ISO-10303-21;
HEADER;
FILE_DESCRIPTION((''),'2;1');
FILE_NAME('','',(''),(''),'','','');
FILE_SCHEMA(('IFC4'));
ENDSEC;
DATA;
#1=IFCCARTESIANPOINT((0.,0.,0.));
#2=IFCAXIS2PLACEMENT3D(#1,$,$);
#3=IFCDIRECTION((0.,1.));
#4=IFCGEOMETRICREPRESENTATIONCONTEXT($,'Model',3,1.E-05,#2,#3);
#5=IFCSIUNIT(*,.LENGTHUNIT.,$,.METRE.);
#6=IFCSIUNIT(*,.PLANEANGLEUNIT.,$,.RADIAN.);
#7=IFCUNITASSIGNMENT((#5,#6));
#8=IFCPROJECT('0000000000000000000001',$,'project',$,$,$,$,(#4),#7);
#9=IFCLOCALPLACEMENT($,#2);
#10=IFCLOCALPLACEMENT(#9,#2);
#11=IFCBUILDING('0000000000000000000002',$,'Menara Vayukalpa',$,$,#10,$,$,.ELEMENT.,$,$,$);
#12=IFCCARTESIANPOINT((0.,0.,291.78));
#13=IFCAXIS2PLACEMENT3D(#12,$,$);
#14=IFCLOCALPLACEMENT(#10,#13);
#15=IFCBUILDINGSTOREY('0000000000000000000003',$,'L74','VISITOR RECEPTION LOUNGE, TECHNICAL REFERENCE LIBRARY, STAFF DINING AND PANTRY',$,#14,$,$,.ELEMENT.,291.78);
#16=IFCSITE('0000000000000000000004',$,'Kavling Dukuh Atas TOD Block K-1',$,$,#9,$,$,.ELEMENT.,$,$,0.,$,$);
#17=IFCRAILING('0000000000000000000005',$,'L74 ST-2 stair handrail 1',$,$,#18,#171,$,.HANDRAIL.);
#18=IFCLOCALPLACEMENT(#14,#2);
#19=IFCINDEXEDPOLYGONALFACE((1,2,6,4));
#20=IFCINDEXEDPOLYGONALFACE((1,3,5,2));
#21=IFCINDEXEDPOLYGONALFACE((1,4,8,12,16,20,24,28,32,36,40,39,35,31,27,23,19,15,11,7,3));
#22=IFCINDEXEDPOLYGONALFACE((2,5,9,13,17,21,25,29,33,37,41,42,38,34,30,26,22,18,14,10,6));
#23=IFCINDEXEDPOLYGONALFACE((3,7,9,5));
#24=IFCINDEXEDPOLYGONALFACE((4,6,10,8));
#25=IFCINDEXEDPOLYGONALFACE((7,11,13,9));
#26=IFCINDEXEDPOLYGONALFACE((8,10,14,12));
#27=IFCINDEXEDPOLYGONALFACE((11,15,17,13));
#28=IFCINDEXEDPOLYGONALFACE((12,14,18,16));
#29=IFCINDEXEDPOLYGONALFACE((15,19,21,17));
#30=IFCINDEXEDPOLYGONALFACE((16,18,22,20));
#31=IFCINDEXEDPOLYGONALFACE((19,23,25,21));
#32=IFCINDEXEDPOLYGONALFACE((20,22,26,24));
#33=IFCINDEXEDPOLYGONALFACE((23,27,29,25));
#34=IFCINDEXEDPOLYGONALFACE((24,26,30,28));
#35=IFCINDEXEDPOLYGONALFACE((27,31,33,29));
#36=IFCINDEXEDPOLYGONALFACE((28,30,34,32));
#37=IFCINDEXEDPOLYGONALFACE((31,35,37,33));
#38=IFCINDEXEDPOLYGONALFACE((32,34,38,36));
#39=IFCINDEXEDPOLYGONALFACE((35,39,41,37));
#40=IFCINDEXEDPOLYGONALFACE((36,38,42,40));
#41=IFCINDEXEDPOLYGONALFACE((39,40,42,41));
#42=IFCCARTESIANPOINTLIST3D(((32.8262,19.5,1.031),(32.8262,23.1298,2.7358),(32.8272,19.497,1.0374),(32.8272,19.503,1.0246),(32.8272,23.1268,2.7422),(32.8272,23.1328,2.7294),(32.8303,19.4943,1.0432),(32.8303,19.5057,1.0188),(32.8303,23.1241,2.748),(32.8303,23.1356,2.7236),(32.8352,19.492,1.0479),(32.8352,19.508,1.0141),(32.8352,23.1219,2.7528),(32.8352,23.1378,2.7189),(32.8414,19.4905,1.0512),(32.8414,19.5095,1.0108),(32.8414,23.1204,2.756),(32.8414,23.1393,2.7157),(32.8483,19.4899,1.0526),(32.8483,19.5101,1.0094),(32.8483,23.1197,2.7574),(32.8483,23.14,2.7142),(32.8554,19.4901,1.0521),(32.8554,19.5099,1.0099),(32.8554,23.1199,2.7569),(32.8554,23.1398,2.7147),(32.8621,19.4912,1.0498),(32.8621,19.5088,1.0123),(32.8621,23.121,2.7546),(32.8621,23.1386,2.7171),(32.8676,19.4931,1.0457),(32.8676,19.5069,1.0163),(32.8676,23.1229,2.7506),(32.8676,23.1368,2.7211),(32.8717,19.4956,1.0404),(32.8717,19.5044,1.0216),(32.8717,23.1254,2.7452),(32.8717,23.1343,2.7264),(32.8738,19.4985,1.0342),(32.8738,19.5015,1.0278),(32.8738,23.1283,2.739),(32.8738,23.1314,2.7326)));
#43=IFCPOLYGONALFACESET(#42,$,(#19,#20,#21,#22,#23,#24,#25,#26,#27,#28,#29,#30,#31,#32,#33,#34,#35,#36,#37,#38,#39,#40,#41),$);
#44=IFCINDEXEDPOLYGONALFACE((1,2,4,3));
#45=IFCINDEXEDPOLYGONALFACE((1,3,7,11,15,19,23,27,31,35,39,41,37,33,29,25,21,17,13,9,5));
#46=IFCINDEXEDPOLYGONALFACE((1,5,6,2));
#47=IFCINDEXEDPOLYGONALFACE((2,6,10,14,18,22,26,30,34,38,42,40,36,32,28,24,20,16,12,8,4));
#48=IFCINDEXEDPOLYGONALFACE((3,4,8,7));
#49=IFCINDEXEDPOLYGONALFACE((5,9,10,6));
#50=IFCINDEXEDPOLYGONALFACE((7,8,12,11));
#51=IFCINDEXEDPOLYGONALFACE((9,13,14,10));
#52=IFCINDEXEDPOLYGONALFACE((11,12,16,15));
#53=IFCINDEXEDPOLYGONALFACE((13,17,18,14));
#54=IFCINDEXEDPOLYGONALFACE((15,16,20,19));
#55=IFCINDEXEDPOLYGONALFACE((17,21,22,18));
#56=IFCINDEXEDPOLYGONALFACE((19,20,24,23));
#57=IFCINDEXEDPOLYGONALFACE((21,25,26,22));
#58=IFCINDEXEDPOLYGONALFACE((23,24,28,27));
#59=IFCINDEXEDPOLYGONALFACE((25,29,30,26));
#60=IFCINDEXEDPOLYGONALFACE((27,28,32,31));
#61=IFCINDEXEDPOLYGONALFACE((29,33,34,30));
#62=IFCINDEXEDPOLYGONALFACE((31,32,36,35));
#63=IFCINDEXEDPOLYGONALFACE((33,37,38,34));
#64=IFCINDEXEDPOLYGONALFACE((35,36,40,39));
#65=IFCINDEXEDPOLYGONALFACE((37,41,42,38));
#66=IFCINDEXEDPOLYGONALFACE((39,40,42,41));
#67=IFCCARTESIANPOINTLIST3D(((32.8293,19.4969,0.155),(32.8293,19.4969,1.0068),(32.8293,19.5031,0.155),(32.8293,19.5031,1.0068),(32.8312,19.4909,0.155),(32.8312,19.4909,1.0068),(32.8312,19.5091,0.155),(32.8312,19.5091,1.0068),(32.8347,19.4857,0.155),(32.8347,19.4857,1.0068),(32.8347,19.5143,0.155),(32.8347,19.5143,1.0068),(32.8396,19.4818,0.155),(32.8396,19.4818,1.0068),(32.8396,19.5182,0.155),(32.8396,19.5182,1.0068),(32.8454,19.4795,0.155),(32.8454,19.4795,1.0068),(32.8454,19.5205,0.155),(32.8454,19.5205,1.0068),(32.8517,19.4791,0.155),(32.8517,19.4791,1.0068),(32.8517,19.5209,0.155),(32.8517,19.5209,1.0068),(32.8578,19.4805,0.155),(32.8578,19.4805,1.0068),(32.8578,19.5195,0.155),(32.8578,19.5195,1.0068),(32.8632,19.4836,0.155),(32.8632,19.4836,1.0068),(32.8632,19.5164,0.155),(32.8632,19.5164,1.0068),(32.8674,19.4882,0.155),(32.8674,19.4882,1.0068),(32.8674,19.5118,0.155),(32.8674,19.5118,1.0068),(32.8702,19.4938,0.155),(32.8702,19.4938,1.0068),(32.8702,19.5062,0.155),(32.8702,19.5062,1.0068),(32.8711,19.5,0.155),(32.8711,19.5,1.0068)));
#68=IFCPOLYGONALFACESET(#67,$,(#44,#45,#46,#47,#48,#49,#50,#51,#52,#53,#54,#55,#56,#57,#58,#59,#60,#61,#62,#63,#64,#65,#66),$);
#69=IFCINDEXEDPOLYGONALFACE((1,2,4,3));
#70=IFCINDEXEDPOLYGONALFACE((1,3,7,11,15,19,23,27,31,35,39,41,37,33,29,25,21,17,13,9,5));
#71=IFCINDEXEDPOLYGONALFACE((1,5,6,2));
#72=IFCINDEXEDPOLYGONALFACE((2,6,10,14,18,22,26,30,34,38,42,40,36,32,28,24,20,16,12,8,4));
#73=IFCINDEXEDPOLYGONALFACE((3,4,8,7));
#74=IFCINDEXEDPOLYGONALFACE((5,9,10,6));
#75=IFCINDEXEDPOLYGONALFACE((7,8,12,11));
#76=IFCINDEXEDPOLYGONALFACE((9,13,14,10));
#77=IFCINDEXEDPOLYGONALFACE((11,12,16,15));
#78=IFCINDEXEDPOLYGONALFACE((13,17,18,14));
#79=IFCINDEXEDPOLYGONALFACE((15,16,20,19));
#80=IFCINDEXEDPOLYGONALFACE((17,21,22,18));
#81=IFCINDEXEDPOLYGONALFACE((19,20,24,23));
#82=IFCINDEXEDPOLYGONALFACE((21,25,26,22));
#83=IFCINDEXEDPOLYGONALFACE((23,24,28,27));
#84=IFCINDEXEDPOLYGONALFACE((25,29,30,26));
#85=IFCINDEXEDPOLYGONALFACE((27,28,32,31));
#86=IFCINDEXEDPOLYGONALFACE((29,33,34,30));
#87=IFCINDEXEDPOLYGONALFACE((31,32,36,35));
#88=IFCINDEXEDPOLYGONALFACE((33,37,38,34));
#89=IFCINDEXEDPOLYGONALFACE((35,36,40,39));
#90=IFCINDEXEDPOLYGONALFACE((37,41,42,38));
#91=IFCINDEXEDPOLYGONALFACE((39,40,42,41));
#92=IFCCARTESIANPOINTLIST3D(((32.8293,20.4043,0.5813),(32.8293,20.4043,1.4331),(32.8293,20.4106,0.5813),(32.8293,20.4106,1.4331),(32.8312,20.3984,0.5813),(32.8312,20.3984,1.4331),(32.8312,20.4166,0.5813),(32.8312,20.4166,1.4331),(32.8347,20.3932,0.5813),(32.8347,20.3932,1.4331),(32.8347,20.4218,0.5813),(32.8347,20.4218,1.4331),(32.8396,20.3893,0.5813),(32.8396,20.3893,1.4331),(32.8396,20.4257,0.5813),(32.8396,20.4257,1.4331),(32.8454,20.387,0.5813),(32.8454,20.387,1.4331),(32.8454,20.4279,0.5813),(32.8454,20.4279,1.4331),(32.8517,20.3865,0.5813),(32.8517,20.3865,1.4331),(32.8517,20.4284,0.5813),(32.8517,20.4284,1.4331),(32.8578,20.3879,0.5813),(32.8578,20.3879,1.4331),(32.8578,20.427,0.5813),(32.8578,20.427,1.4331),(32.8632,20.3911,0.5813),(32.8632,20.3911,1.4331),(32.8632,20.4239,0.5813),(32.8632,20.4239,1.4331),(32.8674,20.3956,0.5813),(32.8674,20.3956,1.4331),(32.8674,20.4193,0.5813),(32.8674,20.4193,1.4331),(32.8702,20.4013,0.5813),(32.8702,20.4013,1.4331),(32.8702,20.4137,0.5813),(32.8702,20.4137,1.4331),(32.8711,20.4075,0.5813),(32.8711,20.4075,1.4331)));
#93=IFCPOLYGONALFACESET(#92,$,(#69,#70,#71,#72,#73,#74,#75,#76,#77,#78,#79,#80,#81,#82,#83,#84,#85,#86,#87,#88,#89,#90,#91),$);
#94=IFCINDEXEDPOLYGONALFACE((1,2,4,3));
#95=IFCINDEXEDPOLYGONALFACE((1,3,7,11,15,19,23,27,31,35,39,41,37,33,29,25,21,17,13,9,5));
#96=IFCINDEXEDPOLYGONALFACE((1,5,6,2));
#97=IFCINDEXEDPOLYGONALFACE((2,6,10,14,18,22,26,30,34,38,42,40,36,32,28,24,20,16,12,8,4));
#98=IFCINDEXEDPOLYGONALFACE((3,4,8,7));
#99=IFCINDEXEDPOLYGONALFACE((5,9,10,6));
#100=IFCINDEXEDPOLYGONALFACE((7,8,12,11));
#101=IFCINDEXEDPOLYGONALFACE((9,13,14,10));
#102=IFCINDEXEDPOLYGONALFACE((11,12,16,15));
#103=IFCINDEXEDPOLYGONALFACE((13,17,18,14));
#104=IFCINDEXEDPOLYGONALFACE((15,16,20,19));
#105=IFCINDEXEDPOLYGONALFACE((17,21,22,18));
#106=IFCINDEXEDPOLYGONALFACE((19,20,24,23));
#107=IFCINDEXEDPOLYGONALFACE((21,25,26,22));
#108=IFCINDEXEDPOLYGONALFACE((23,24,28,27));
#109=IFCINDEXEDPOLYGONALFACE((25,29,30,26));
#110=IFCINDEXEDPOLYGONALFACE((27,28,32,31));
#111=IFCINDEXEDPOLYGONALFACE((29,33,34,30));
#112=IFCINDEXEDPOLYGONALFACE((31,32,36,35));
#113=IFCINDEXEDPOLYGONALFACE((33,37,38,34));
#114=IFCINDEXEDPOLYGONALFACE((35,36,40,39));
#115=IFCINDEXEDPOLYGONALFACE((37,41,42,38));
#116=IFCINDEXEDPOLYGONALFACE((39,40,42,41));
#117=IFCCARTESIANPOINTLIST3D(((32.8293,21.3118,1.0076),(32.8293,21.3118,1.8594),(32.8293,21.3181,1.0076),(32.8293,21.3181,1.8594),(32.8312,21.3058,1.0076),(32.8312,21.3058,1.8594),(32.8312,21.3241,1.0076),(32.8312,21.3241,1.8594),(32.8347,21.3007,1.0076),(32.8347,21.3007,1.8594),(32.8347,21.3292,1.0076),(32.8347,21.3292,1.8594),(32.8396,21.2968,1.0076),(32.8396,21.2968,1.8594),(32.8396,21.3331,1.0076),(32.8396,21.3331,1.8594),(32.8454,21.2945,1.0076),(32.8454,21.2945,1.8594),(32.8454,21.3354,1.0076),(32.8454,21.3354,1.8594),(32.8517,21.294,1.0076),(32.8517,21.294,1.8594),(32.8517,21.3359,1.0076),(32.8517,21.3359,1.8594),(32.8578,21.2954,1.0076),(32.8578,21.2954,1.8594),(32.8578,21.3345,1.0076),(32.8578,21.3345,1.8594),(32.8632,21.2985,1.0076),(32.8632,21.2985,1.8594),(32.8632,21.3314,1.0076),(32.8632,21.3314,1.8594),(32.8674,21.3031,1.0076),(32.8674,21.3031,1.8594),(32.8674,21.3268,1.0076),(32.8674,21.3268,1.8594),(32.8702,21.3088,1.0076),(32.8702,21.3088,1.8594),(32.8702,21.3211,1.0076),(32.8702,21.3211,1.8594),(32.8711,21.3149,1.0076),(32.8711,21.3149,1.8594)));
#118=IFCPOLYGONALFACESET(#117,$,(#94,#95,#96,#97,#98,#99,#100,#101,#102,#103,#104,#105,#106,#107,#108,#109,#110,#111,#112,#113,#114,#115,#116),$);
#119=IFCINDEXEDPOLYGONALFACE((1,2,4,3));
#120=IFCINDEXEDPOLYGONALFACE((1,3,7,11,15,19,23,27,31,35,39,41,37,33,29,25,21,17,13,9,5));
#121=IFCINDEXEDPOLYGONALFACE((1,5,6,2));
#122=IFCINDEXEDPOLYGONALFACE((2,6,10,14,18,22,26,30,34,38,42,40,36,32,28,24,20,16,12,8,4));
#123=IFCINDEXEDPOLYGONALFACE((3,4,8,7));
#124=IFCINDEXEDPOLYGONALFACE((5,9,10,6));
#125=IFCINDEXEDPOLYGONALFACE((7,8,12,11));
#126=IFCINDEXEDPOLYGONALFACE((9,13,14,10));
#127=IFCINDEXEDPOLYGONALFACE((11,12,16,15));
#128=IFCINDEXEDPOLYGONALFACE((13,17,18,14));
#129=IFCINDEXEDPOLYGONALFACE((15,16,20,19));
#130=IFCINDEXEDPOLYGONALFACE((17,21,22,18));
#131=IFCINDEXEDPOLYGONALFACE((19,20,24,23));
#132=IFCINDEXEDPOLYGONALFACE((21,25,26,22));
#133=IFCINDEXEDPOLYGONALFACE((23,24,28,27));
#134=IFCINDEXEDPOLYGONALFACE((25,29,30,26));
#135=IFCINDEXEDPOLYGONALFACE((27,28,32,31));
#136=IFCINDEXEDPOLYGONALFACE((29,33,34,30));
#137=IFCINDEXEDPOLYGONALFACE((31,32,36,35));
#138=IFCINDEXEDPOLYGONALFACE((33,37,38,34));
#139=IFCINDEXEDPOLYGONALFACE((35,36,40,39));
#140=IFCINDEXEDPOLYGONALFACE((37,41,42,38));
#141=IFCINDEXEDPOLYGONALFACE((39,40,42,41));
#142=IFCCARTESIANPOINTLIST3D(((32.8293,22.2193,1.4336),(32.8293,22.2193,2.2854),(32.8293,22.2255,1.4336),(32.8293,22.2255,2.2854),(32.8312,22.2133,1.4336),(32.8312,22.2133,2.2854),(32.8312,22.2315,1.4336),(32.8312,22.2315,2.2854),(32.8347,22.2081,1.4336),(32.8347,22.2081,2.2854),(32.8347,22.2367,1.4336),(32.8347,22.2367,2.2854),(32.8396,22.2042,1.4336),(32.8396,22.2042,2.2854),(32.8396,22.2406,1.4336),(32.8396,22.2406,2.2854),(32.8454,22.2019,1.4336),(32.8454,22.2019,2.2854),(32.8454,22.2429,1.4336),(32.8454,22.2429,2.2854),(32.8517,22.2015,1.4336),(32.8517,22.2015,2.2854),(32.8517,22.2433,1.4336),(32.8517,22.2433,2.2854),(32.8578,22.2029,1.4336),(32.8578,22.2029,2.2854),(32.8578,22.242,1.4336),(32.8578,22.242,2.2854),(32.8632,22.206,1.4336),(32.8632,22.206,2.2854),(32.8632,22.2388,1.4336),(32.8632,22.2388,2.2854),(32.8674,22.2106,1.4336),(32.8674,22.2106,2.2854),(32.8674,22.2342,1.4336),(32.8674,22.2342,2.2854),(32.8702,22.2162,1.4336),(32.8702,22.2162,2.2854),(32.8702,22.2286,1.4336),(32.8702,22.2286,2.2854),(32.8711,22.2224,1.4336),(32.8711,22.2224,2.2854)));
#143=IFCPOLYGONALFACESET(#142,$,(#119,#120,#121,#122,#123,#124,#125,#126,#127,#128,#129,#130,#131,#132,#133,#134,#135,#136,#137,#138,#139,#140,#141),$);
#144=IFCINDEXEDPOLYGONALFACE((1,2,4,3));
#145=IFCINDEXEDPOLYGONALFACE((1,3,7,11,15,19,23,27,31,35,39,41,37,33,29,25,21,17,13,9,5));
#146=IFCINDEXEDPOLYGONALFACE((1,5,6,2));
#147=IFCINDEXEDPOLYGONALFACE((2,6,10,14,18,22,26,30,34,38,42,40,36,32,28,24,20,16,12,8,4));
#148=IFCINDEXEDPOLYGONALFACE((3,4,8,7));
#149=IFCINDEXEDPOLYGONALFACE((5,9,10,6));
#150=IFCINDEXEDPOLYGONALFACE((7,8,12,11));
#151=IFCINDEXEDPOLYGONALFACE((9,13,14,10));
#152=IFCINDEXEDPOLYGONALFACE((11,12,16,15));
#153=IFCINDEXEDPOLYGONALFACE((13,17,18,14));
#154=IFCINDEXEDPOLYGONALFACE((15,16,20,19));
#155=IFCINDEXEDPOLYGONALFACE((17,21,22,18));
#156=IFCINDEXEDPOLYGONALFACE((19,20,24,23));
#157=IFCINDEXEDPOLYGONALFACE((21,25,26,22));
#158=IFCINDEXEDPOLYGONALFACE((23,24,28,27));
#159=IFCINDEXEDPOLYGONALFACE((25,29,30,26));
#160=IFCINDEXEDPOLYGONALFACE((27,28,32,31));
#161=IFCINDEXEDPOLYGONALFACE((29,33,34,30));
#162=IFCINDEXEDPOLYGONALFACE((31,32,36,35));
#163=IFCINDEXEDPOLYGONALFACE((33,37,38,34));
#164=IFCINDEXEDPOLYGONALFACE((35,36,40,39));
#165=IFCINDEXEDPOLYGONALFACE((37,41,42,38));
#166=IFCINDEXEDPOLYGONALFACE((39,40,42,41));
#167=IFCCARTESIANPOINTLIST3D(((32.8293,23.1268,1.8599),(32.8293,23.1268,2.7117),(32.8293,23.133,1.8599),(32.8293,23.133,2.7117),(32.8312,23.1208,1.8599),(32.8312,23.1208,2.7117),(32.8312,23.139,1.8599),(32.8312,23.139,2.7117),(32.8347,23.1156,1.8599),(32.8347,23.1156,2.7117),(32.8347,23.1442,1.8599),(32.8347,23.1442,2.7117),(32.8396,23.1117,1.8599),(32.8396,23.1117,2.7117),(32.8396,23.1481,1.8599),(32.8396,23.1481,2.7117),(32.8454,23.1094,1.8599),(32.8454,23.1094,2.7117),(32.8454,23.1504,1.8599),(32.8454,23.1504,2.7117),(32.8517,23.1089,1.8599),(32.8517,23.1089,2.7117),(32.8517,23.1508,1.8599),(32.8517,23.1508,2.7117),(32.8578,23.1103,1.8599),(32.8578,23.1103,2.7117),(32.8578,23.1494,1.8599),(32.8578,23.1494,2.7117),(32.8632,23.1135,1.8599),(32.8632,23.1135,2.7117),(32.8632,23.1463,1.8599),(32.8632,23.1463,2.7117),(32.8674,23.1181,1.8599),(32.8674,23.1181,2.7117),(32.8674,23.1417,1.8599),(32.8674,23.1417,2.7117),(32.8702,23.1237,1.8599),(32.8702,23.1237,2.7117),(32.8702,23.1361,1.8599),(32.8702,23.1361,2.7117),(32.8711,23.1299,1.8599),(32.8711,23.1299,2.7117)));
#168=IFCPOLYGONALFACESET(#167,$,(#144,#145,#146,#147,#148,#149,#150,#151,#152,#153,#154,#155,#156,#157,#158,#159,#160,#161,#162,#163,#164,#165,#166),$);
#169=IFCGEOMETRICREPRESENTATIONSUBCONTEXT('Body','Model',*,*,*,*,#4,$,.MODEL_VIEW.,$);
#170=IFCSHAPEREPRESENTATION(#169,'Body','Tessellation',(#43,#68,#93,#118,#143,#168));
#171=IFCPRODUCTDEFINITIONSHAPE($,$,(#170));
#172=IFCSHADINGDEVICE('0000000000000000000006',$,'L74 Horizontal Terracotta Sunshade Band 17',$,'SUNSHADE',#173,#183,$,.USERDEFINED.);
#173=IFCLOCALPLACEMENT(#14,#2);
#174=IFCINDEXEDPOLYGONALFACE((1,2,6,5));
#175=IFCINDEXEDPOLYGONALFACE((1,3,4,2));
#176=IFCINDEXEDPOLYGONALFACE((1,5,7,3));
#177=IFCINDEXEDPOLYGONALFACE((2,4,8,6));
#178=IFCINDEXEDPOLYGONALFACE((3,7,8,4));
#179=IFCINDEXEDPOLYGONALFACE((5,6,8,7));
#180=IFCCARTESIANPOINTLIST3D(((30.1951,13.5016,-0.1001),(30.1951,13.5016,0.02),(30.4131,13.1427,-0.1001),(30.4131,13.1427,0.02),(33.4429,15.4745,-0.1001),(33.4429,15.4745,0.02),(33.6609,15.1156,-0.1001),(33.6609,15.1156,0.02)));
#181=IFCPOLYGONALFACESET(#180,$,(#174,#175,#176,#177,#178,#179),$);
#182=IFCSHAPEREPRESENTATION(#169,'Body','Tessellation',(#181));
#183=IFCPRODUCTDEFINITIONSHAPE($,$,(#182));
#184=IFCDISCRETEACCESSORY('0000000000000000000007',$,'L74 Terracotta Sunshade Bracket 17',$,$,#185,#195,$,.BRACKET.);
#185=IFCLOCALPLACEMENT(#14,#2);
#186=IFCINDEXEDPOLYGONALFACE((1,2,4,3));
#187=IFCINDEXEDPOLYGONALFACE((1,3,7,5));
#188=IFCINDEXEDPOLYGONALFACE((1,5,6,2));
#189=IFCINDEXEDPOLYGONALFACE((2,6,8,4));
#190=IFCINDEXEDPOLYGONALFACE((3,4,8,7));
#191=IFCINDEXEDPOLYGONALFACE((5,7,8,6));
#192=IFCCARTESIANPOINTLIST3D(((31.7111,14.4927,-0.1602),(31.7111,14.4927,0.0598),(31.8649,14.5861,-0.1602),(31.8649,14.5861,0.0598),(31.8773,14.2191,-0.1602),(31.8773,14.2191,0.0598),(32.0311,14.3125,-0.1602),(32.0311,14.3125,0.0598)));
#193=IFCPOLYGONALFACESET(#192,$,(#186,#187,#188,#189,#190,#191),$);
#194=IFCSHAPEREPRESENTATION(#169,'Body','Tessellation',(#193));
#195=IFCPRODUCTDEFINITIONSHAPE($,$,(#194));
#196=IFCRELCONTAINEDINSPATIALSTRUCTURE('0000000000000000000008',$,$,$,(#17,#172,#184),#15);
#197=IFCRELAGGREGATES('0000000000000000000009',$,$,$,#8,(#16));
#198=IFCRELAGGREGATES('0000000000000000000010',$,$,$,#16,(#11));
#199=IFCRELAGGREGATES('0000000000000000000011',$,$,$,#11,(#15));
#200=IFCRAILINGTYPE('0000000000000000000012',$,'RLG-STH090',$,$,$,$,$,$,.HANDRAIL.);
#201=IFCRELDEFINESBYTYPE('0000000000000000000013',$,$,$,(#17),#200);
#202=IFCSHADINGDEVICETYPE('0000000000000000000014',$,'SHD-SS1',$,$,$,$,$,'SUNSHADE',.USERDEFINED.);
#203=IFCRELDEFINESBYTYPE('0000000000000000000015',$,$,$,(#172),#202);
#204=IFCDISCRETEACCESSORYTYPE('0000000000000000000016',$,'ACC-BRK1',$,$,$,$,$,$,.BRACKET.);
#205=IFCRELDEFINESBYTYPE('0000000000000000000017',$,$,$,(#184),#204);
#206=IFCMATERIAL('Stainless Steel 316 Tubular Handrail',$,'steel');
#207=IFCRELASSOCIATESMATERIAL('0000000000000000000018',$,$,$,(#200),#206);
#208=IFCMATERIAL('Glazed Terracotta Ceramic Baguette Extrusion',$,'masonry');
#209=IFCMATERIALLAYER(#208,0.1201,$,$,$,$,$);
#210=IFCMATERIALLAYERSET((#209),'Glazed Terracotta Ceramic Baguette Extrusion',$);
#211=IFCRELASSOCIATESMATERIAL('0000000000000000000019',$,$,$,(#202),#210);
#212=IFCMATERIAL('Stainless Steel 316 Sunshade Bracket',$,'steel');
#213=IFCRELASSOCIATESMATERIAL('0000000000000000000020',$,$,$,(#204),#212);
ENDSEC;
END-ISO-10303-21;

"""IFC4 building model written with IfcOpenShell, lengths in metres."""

from ifc_helpers import new_model, si_unit, direction, frame, origin, origin_2d, place, context, subcontext, project, spatial, rectangle, circle, extrude, material, layer, layer_set, type_object, element, save


model = new_model("IFC4")

# Units and contexts
model_context = context("Model", 3, precision=1e-05, world=origin(), true_north=direction((0.0, 1.0)))
body_context = subcontext(model_context, "Body", "Model", "MODEL_VIEW")
ifc_project = project(units=[si_unit("LENGTHUNIT", "METRE"), si_unit("PLANEANGLEUNIT", "RADIAN")], contexts=[model_context])

# Site, building, storey
site_placement = place(None, origin())
site = spatial("IfcSite", under=ifc_project, at=site_placement, Name="Kavling Dukuh Atas TOD Block K-1", CompositionType="ELEMENT", RefElevation=0.0)
building_placement = place(site_placement, origin())
building = spatial("IfcBuilding", under=site, at=building_placement, Name="Menara Vayukalpa", CompositionType="ELEMENT")
storey_placement = place(building_placement, frame((0.0, 0.0, 291.78)))
storey = spatial("IfcBuildingStorey", under=building, at=storey_placement, Name="L74", Description="VISITOR RECEPTION LOUNGE, TECHNICAL REFERENCE LIBRARY, STAFF DINING AND PANTRY", CompositionType="ELEMENT", Elevation=291.78)

# Railing
ifc_material_1 = material(Name="Stainless Steel 316 Tubular Handrail", Category="steel")
railing_type_1 = type_object("IfcRailingType", Name="RLG-STH090", PredefinedType="HANDRAIL", material=ifc_material_1)
railing_1_placement = place(storey_placement, frame((32.8501, 19.5, 0.155)))
element("IfcRailing", 1, at=railing_1_placement, inside=storey, type_object=railing_type_1, Name="L74 ST-2 stair handrail 1", PredefinedType="HANDRAIL", context=body_context, shape_type="SweptSolid", body=[
    extrude(circle(Radius=0.0239, at=origin_2d()), frame((0.0, 0.0, 0.876), z_axis=(0.0, 0.90514, 0.425114), x_axis=(-1.0, 0.0, 0.0)), (0.0, 0.0, 1.0), 4.0103),
    extrude(circle(Radius=0.021, at=origin_2d()), origin(), (0.0, 0.0, 1.0), 0.8518),
    extrude(circle(Radius=0.021, at=origin_2d()), frame((0.0, 0.9075, 0.4263)), (0.0, 0.0, 1.0), 0.8518),
    extrude(circle(Radius=0.021, at=origin_2d()), frame((0.0, 1.8149, 0.8525)), (0.0, 0.0, 1.0), 0.8518),
    extrude(circle(Radius=0.021, at=origin_2d()), frame((0.0, 2.7224, 1.2786)), (0.0, 0.0, 1.0), 0.8518),
    extrude(circle(Radius=0.021, at=origin_2d()), frame((0.0, 3.6299, 1.7048)), (0.0, 0.0, 1.0), 0.8518),
])

# Shading device
ifc_material_2 = material(Name="Glazed Terracotta Ceramic Baguette Extrusion", Category="masonry")
ifc_layer_1 = layer(ifc_material_2, 0.1201)
ifc_layer_set_1 = layer_set([ifc_layer_1], Name="Glazed Terracotta Ceramic Baguette Extrusion")
shading_device_type = type_object("IfcShadingDeviceType", Name="SHD-SS1", ElementType="SUNSHADE", PredefinedType="USERDEFINED", material=ifc_layer_set_1)
shading_device_placement = place(storey_placement, frame((31.928, 14.3086, -0.1001), z_axis=(0.0, 0.0, 1.0), x_axis=(0.854667, 0.519176, 0.0)))
element("IfcShadingDevice", 2, at=shading_device_placement, inside=storey, type_object=shading_device_type, Name="L74 Horizontal Terracotta Sunshade Band 17", ObjectType="SUNSHADE", PredefinedType="USERDEFINED", context=body_context, shape_type="SweptSolid", body=[
    extrude(rectangle(XDim=3.8, YDim=0.4199, at=origin_2d()), origin(), (0.0, 0.0, 1.0), 0.1201),
])

# Discrete accessory
ifc_material_3 = material(Name="Stainless Steel 316 Sunshade Bracket", Category="steel")
discrete_accessory_type = type_object("IfcDiscreteAccessoryType", Name="ACC-BRK1", PredefinedType="BRACKET", material=ifc_material_3)
discrete_accessory_placement = place(storey_placement, frame((31.8711, 14.4026, -0.1602), z_axis=(0.0, 0.0, 1.0), x_axis=(0.854667, 0.519176, 0.0)))
element("IfcDiscreteAccessory", 3, at=discrete_accessory_placement, inside=storey, type_object=discrete_accessory_type, Name="L74 Terracotta Sunshade Bracket 17", PredefinedType="BRACKET", context=body_context, shape_type="SweptSolid", body=[
    extrude(rectangle(XDim=0.1799, YDim=0.3201, at=origin_2d()), origin(), (0.0, 0.0, 1.0), 0.22),
])

save(model, "model.ifc")
